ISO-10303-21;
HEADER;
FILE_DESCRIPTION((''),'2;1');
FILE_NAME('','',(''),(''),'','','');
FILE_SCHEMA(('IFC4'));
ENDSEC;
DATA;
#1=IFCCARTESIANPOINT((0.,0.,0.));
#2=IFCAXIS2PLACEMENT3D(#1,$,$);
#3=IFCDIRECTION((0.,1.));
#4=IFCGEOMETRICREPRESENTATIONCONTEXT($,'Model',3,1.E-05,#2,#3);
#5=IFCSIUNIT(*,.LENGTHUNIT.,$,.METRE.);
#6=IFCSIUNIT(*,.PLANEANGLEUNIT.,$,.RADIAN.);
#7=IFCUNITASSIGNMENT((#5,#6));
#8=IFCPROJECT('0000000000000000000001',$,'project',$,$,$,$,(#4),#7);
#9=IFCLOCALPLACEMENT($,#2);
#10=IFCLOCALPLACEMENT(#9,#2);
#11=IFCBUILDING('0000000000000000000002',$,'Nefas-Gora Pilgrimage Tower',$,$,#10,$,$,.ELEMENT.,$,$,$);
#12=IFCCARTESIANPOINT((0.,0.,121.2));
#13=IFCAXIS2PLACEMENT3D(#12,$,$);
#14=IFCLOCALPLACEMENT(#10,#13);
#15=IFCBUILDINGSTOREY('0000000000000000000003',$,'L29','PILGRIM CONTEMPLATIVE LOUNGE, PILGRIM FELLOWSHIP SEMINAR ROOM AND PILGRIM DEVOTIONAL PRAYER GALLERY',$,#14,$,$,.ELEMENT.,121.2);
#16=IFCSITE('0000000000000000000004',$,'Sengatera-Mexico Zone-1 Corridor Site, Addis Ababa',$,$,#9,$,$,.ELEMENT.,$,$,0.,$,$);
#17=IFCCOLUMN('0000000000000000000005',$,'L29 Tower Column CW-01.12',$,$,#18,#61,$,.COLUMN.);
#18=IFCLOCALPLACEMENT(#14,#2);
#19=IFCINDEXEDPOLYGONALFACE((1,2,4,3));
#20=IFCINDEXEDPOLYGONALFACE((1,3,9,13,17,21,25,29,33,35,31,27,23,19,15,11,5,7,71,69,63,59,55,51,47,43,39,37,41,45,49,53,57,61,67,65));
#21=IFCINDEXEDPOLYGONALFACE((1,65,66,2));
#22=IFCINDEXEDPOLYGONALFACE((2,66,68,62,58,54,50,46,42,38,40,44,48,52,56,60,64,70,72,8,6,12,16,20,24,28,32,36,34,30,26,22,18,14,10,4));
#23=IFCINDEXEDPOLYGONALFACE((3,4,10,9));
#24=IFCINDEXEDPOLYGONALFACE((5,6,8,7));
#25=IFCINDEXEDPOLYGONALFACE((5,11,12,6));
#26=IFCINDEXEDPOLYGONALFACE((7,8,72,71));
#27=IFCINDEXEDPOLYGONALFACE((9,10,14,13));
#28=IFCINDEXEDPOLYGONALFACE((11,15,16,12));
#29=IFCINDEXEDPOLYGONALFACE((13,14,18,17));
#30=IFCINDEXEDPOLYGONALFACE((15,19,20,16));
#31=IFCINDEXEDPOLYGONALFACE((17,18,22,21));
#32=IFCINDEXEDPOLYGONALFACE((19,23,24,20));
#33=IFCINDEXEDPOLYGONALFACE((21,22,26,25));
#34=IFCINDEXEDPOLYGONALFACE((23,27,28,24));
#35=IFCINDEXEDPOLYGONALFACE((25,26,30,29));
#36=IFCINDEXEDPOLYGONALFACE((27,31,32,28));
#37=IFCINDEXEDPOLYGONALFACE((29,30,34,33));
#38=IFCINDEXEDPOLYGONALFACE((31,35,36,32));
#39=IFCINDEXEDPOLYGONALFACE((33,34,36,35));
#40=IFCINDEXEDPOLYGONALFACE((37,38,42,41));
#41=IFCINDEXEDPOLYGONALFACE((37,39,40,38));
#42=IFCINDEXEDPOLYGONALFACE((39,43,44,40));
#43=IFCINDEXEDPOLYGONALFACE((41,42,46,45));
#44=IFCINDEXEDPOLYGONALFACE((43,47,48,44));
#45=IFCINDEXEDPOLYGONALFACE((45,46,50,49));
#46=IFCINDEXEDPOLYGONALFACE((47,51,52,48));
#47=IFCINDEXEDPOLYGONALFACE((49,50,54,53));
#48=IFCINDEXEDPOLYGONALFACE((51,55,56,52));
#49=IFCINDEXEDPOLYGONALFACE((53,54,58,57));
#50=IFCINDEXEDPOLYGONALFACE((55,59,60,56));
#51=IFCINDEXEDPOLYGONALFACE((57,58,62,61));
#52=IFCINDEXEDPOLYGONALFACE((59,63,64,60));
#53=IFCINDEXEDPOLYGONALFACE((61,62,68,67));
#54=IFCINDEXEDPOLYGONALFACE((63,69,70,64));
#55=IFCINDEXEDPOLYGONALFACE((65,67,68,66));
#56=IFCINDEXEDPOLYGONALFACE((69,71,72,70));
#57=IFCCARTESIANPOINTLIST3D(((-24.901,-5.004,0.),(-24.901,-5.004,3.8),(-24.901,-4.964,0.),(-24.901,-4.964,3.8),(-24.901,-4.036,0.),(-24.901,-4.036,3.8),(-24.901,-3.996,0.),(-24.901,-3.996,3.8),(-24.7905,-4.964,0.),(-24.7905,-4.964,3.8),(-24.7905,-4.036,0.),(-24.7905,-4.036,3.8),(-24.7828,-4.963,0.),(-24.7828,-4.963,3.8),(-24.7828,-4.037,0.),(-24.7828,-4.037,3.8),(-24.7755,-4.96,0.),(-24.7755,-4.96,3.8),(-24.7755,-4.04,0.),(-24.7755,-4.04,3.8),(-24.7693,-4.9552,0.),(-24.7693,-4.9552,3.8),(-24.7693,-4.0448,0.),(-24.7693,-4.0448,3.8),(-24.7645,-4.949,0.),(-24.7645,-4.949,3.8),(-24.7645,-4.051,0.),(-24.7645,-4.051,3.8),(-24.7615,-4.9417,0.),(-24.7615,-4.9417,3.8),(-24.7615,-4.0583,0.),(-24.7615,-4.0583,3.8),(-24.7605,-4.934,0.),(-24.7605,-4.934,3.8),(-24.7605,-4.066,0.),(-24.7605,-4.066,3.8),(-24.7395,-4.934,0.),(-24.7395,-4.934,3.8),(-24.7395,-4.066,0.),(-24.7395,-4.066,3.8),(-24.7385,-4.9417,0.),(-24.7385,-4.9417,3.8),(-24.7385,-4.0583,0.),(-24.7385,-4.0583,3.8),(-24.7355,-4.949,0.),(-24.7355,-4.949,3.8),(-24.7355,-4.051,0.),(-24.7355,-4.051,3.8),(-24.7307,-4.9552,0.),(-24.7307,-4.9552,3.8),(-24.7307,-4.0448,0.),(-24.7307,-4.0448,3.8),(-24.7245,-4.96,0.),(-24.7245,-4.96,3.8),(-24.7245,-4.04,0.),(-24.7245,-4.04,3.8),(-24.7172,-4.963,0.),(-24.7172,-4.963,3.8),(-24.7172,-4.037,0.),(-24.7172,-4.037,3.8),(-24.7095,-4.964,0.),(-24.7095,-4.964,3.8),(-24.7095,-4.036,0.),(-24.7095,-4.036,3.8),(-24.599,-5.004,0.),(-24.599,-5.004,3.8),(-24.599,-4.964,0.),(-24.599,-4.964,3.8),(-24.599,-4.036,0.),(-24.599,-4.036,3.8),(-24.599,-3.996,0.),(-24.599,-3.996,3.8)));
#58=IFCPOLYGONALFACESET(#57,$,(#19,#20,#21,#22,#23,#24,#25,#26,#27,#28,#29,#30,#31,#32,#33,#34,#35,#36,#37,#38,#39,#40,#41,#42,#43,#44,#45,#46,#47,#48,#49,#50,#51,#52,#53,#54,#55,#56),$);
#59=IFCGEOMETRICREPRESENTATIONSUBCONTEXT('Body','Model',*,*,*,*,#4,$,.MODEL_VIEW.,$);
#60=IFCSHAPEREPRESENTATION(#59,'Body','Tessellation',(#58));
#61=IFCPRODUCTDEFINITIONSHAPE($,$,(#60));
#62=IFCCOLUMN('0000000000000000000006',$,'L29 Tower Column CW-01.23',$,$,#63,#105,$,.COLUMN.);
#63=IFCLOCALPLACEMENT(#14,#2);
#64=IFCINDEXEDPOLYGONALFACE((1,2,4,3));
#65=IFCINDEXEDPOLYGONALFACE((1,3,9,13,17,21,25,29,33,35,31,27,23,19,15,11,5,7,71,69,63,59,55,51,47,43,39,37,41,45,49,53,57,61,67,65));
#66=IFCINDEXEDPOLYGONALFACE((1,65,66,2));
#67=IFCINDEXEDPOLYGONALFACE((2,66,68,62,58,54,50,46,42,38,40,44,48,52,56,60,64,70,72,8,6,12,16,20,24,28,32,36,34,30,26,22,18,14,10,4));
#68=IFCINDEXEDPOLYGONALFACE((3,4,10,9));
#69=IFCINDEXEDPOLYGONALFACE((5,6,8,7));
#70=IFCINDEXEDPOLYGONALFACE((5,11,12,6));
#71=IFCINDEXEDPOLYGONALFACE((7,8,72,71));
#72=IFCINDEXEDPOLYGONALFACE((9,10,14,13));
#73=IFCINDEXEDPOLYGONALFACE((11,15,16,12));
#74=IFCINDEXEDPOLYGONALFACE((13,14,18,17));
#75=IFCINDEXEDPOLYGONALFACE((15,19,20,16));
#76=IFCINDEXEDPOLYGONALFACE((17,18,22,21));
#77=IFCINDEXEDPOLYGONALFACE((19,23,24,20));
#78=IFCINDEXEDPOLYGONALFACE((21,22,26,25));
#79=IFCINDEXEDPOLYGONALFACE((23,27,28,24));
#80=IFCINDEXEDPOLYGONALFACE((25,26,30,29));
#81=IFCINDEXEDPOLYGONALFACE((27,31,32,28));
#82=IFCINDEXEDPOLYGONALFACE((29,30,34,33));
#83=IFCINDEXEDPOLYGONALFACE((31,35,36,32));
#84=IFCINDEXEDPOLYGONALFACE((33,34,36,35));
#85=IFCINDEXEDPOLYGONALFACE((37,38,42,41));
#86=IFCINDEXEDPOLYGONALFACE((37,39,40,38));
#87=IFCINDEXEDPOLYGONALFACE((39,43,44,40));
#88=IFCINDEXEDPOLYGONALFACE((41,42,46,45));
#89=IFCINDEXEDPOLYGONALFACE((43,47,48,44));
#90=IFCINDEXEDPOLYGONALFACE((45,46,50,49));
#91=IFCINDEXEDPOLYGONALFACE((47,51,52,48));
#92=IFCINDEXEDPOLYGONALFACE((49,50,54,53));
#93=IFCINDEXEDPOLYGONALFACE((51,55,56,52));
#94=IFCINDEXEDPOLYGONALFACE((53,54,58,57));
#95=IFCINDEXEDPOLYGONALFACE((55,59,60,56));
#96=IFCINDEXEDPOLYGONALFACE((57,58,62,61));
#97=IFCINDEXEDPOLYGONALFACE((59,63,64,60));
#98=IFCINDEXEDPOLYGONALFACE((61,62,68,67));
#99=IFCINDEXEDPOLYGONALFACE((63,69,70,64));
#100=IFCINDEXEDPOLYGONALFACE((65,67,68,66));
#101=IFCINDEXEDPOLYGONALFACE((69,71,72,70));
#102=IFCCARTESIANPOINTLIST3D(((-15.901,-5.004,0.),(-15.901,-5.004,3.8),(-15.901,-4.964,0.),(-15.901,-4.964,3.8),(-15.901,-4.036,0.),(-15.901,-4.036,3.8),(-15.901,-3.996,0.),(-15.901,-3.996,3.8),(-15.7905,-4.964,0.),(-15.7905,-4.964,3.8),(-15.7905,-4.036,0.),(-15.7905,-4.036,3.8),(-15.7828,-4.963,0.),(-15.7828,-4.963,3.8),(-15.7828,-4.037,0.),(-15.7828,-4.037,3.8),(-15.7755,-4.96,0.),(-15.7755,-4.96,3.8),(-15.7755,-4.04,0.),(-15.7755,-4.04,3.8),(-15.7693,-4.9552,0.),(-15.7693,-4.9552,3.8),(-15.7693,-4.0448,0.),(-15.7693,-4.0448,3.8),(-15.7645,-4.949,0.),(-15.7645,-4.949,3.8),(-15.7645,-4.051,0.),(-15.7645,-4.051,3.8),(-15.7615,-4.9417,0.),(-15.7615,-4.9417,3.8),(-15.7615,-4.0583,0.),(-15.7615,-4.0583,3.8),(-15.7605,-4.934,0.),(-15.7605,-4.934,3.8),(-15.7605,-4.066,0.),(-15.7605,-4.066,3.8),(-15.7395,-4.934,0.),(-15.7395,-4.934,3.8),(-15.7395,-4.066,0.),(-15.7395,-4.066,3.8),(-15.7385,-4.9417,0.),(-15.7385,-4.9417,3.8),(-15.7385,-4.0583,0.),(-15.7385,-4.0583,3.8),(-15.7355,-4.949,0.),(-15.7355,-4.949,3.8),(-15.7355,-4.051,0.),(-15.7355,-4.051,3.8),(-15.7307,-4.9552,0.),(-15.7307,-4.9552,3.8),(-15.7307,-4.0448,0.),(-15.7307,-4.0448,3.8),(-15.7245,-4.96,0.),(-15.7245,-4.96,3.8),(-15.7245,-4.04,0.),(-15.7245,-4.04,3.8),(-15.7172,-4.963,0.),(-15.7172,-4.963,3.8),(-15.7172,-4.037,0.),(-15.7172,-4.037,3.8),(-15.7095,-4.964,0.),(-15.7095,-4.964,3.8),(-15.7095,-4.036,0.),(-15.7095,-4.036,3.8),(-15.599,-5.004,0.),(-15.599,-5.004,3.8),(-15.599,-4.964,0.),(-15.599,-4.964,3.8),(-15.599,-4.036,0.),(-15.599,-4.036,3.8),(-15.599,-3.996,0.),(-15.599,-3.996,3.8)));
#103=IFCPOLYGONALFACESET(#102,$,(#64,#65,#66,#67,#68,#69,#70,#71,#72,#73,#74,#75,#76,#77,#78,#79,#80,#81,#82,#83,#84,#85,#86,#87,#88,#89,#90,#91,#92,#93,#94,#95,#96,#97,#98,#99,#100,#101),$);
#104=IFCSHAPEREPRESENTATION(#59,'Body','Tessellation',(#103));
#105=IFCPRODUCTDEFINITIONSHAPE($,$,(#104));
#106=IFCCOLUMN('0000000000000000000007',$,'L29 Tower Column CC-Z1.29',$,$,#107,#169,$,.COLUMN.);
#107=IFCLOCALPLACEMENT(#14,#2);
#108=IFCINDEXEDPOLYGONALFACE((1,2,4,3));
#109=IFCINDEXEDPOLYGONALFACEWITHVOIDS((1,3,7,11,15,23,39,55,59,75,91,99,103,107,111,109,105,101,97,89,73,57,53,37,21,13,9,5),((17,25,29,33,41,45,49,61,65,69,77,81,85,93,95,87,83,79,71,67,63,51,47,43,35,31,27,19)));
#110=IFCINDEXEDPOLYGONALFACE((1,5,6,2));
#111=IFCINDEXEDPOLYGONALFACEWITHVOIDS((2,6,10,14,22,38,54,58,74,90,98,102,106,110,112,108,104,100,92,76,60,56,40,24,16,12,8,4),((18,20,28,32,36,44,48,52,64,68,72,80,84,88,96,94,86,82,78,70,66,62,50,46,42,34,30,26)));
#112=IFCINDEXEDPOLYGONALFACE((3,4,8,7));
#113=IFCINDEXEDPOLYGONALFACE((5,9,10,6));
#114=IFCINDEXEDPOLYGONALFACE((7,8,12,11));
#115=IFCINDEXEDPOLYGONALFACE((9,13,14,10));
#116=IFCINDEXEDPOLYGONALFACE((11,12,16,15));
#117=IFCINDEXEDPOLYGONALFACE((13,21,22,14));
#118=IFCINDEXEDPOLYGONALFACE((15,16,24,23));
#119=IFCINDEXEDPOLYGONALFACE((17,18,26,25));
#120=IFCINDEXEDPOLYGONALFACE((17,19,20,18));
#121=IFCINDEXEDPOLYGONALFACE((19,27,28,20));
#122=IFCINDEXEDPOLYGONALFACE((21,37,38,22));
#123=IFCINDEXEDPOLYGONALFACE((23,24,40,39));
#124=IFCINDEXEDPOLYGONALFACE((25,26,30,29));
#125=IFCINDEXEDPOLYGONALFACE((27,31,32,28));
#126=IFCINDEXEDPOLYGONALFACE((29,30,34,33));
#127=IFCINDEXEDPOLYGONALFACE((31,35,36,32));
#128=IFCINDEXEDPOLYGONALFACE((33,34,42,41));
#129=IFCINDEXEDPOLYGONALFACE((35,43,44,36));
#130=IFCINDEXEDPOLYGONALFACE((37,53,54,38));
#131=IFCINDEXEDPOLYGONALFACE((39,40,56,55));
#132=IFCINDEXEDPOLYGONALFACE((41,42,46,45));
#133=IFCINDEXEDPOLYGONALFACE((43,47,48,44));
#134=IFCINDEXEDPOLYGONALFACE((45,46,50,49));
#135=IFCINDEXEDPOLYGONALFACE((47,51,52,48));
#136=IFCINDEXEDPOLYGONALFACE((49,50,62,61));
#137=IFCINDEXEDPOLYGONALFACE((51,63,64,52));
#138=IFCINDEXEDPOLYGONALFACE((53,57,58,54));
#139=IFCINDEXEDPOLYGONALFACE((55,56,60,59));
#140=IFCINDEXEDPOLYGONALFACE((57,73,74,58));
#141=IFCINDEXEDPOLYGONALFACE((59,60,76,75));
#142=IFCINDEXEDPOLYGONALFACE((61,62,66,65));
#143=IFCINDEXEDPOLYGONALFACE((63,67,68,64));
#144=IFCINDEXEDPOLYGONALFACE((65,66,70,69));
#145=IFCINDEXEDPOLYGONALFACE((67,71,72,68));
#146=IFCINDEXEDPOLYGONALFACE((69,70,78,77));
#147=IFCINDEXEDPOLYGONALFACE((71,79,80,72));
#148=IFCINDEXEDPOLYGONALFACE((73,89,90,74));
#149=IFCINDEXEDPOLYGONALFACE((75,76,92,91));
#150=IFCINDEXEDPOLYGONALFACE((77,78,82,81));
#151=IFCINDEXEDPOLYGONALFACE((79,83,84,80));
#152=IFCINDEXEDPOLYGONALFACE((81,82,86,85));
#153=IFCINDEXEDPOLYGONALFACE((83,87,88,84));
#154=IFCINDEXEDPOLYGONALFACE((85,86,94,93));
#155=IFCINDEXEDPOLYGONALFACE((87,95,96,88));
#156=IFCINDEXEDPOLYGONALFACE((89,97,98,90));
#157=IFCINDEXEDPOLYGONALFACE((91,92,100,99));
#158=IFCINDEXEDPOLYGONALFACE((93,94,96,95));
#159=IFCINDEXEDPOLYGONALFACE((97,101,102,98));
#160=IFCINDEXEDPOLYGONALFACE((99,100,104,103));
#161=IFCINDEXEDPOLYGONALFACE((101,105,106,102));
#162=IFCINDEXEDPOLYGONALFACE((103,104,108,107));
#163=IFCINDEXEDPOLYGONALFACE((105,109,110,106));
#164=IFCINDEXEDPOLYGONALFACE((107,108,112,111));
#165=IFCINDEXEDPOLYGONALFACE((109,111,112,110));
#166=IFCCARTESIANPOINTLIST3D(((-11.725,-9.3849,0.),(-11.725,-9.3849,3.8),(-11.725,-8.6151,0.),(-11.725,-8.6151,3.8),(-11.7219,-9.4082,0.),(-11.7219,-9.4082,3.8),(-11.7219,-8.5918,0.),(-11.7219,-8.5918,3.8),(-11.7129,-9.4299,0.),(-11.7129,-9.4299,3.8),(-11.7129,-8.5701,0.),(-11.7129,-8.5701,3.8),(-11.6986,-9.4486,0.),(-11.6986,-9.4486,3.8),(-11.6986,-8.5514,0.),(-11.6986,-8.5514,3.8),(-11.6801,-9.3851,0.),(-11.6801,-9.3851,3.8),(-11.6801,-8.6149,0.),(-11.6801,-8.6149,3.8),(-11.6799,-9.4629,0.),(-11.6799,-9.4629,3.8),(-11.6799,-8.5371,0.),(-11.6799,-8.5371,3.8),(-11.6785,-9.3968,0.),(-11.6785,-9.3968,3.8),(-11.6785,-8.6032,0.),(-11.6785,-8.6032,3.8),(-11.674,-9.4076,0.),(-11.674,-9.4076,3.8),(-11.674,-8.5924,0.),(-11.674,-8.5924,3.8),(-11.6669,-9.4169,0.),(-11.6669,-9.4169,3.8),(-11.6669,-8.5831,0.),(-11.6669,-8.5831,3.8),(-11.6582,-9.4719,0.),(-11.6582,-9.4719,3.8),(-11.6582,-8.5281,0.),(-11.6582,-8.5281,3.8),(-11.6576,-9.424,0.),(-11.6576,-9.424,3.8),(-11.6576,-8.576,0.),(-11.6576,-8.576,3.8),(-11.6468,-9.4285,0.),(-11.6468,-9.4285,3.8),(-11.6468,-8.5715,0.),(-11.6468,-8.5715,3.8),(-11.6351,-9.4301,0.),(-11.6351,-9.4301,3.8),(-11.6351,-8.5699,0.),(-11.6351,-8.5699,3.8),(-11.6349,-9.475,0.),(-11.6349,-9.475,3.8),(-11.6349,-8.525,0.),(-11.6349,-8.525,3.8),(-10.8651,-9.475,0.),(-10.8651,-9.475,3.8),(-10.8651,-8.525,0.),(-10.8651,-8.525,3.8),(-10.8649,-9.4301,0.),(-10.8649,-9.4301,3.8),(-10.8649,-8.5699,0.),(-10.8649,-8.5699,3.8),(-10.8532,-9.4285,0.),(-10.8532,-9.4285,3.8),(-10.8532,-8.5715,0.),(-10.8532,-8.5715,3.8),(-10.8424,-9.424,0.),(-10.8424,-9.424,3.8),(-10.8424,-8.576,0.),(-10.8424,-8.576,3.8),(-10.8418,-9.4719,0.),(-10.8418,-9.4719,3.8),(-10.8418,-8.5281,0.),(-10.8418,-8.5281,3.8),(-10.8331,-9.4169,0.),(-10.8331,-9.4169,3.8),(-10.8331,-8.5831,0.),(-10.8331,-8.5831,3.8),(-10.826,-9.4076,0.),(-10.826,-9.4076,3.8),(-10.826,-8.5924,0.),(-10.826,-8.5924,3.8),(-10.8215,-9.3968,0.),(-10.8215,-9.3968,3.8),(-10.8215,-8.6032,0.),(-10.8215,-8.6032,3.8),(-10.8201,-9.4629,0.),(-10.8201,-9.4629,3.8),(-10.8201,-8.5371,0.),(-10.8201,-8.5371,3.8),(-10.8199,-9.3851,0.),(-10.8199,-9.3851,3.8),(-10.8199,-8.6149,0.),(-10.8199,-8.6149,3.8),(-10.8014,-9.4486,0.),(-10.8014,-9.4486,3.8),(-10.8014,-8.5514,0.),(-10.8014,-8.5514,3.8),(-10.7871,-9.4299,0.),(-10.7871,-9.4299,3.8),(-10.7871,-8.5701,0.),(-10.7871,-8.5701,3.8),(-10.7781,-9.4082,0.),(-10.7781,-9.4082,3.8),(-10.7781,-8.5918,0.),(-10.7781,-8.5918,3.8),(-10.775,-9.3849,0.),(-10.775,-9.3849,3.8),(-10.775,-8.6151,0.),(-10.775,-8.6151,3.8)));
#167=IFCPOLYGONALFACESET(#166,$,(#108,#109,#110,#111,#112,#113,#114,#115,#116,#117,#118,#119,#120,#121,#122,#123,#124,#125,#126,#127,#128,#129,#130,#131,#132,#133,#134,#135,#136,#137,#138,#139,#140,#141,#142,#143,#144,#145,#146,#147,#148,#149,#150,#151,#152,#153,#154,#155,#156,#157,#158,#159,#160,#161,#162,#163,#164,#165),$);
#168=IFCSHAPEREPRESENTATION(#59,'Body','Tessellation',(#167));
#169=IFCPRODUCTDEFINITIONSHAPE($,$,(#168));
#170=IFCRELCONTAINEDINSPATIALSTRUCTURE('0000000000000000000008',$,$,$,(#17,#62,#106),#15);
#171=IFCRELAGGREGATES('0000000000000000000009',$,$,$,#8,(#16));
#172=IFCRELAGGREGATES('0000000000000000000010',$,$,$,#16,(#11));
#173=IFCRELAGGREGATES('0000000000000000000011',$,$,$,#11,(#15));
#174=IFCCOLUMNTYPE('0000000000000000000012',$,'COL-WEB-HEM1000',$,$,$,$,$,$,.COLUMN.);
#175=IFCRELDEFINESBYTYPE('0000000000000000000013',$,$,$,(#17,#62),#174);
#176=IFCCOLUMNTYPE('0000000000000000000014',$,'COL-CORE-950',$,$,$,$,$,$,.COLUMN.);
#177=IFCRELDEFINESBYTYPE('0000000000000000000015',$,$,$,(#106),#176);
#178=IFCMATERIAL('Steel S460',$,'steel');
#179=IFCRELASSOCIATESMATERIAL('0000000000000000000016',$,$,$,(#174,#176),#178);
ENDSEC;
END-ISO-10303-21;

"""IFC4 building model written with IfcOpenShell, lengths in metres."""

from ifc_helpers import new_model, si_unit, direction, frame, origin, origin_2d, place, context, subcontext, project, spatial, hollow_rectangle, i_section, extrude, source, transform, mapped, material, material_profile, profile_set, type_object, element, save


model = new_model("IFC4")

# Units and contexts
model_context = context("Model", 3, precision=1e-05, world=origin(), true_north=direction((0.0, 1.0)))
body_context = subcontext(model_context, "Body", "Model", "MODEL_VIEW")
ifc_project = project(units=[si_unit("LENGTHUNIT", "METRE"), si_unit("PLANEANGLEUNIT", "RADIAN")], contexts=[model_context])

# Site, building, storey
site_placement = place(None, origin())
site = spatial("IfcSite", under=ifc_project, at=site_placement, Name="Sengatera-Mexico Zone-1 Corridor Site, Addis Ababa", CompositionType="ELEMENT", RefElevation=0.0)
building_placement = place(site_placement, origin())
building = spatial("IfcBuilding", under=site, at=building_placement, Name="Nefas-Gora Pilgrimage Tower", CompositionType="ELEMENT")
storey_placement = place(building_placement, frame((0.0, 0.0, 121.2)))
storey = spatial("IfcBuildingStorey", under=building, at=storey_placement, Name="L29", Description="PILGRIM CONTEMPLATIVE LOUNGE, PILGRIM FELLOWSHIP SEMINAR ROOM AND PILGRIM DEVOTIONAL PRAYER GALLERY", CompositionType="ELEMENT", Elevation=121.2)

# Columns
ifc_material_1 = material(Name="Steel S460", Category="steel")
ifc_material_profile_1 = material_profile(ifc_material_1, i_section(OverallWidth=0.302, OverallDepth=1.0081, WebThickness=0.021, FlangeThickness=0.04, FilletRadius=0.03, at=origin_2d()), Name="HEM 1000")
ifc_profile_set_1 = profile_set([ifc_material_profile_1], Name="Steel S460")
column_type_1 = type_object("IfcColumnType", Name="COL-WEB-HEM1000", PredefinedType="COLUMN", material=ifc_profile_set_1)
shared_shape_1 = source(origin(), body_context, "Body", "SweptSolid", [
    extrude(i_section(OverallWidth=0.302, OverallDepth=1.0081, WebThickness=0.021, FlangeThickness=0.04, FilletRadius=0.03, at=origin_2d()), origin(), (0.0, 0.0, 1.0), 3.8),
])
for number, where, z_axis, x_axis, name in (
    (1, (-24.75, -4.5, 0.0), (0.0, 0.0, 1.0), (1.0, 0.0, 0.0), "L29 Tower Column CW-01.12"),
    (2, (-15.75, -4.5, 0.0), (0.0, 0.0, 1.0), (1.0, 0.0, 0.0), "L29 Tower Column CW-01.23"),
):
    element("IfcColumn", number, at=place(storey_placement, frame(where, z_axis=z_axis, x_axis=x_axis)), inside=storey, type_object=column_type_1, Name=name, PredefinedType="COLUMN", context=body_context, shape_type="MappedRepresentation", body=[
        mapped(shared_shape_1, transform((0.0, 0.0, 0.0), x_axis=(1.0, 0.0, 0.0), y_axis=(0.0, 1.0, 0.0), z_axis=(0.0, 0.0, 1.0), scale=1.0)),
    ])
ifc_material_profile_2 = material_profile(ifc_material_1, hollow_rectangle(XDim=0.95, YDim=0.95, WallThickness=0.0449, InnerFilletRadius=0.0449, OuterFilletRadius=0.0901, at=origin_2d()), Name="BOX 950x950x45")
ifc_profile_set_2 = profile_set([ifc_material_profile_2], Name="Steel S460")
column_type_2 = type_object("IfcColumnType", Name="COL-CORE-950", PredefinedType="COLUMN", material=ifc_profile_set_2)
shared_shape_2 = source(origin(), body_context, "Body", "SweptSolid", [
    extrude(hollow_rectangle(XDim=0.95, YDim=0.95, WallThickness=0.0449, InnerFilletRadius=0.0449, OuterFilletRadius=0.0901, at=origin_2d()), origin(), (0.0, 0.0, 1.0), 3.8),
])
column_placement = place(storey_placement, frame((-11.25, -9.0, 0.0), z_axis=(0.0, 0.0, 1.0), x_axis=(1.0, 0.0, 0.0)))
element("IfcColumn", 3, at=column_placement, inside=storey, type_object=column_type_2, Name="L29 Tower Column CC-Z1.29", PredefinedType="COLUMN", context=body_context, shape_type="MappedRepresentation", body=[
    mapped(shared_shape_2, transform((0.0, 0.0, 0.0), x_axis=(1.0, 0.0, 0.0), y_axis=(0.0, 1.0, 0.0), z_axis=(0.0, 0.0, 1.0), scale=1.0)),
])

save(model, "model.ifc")
